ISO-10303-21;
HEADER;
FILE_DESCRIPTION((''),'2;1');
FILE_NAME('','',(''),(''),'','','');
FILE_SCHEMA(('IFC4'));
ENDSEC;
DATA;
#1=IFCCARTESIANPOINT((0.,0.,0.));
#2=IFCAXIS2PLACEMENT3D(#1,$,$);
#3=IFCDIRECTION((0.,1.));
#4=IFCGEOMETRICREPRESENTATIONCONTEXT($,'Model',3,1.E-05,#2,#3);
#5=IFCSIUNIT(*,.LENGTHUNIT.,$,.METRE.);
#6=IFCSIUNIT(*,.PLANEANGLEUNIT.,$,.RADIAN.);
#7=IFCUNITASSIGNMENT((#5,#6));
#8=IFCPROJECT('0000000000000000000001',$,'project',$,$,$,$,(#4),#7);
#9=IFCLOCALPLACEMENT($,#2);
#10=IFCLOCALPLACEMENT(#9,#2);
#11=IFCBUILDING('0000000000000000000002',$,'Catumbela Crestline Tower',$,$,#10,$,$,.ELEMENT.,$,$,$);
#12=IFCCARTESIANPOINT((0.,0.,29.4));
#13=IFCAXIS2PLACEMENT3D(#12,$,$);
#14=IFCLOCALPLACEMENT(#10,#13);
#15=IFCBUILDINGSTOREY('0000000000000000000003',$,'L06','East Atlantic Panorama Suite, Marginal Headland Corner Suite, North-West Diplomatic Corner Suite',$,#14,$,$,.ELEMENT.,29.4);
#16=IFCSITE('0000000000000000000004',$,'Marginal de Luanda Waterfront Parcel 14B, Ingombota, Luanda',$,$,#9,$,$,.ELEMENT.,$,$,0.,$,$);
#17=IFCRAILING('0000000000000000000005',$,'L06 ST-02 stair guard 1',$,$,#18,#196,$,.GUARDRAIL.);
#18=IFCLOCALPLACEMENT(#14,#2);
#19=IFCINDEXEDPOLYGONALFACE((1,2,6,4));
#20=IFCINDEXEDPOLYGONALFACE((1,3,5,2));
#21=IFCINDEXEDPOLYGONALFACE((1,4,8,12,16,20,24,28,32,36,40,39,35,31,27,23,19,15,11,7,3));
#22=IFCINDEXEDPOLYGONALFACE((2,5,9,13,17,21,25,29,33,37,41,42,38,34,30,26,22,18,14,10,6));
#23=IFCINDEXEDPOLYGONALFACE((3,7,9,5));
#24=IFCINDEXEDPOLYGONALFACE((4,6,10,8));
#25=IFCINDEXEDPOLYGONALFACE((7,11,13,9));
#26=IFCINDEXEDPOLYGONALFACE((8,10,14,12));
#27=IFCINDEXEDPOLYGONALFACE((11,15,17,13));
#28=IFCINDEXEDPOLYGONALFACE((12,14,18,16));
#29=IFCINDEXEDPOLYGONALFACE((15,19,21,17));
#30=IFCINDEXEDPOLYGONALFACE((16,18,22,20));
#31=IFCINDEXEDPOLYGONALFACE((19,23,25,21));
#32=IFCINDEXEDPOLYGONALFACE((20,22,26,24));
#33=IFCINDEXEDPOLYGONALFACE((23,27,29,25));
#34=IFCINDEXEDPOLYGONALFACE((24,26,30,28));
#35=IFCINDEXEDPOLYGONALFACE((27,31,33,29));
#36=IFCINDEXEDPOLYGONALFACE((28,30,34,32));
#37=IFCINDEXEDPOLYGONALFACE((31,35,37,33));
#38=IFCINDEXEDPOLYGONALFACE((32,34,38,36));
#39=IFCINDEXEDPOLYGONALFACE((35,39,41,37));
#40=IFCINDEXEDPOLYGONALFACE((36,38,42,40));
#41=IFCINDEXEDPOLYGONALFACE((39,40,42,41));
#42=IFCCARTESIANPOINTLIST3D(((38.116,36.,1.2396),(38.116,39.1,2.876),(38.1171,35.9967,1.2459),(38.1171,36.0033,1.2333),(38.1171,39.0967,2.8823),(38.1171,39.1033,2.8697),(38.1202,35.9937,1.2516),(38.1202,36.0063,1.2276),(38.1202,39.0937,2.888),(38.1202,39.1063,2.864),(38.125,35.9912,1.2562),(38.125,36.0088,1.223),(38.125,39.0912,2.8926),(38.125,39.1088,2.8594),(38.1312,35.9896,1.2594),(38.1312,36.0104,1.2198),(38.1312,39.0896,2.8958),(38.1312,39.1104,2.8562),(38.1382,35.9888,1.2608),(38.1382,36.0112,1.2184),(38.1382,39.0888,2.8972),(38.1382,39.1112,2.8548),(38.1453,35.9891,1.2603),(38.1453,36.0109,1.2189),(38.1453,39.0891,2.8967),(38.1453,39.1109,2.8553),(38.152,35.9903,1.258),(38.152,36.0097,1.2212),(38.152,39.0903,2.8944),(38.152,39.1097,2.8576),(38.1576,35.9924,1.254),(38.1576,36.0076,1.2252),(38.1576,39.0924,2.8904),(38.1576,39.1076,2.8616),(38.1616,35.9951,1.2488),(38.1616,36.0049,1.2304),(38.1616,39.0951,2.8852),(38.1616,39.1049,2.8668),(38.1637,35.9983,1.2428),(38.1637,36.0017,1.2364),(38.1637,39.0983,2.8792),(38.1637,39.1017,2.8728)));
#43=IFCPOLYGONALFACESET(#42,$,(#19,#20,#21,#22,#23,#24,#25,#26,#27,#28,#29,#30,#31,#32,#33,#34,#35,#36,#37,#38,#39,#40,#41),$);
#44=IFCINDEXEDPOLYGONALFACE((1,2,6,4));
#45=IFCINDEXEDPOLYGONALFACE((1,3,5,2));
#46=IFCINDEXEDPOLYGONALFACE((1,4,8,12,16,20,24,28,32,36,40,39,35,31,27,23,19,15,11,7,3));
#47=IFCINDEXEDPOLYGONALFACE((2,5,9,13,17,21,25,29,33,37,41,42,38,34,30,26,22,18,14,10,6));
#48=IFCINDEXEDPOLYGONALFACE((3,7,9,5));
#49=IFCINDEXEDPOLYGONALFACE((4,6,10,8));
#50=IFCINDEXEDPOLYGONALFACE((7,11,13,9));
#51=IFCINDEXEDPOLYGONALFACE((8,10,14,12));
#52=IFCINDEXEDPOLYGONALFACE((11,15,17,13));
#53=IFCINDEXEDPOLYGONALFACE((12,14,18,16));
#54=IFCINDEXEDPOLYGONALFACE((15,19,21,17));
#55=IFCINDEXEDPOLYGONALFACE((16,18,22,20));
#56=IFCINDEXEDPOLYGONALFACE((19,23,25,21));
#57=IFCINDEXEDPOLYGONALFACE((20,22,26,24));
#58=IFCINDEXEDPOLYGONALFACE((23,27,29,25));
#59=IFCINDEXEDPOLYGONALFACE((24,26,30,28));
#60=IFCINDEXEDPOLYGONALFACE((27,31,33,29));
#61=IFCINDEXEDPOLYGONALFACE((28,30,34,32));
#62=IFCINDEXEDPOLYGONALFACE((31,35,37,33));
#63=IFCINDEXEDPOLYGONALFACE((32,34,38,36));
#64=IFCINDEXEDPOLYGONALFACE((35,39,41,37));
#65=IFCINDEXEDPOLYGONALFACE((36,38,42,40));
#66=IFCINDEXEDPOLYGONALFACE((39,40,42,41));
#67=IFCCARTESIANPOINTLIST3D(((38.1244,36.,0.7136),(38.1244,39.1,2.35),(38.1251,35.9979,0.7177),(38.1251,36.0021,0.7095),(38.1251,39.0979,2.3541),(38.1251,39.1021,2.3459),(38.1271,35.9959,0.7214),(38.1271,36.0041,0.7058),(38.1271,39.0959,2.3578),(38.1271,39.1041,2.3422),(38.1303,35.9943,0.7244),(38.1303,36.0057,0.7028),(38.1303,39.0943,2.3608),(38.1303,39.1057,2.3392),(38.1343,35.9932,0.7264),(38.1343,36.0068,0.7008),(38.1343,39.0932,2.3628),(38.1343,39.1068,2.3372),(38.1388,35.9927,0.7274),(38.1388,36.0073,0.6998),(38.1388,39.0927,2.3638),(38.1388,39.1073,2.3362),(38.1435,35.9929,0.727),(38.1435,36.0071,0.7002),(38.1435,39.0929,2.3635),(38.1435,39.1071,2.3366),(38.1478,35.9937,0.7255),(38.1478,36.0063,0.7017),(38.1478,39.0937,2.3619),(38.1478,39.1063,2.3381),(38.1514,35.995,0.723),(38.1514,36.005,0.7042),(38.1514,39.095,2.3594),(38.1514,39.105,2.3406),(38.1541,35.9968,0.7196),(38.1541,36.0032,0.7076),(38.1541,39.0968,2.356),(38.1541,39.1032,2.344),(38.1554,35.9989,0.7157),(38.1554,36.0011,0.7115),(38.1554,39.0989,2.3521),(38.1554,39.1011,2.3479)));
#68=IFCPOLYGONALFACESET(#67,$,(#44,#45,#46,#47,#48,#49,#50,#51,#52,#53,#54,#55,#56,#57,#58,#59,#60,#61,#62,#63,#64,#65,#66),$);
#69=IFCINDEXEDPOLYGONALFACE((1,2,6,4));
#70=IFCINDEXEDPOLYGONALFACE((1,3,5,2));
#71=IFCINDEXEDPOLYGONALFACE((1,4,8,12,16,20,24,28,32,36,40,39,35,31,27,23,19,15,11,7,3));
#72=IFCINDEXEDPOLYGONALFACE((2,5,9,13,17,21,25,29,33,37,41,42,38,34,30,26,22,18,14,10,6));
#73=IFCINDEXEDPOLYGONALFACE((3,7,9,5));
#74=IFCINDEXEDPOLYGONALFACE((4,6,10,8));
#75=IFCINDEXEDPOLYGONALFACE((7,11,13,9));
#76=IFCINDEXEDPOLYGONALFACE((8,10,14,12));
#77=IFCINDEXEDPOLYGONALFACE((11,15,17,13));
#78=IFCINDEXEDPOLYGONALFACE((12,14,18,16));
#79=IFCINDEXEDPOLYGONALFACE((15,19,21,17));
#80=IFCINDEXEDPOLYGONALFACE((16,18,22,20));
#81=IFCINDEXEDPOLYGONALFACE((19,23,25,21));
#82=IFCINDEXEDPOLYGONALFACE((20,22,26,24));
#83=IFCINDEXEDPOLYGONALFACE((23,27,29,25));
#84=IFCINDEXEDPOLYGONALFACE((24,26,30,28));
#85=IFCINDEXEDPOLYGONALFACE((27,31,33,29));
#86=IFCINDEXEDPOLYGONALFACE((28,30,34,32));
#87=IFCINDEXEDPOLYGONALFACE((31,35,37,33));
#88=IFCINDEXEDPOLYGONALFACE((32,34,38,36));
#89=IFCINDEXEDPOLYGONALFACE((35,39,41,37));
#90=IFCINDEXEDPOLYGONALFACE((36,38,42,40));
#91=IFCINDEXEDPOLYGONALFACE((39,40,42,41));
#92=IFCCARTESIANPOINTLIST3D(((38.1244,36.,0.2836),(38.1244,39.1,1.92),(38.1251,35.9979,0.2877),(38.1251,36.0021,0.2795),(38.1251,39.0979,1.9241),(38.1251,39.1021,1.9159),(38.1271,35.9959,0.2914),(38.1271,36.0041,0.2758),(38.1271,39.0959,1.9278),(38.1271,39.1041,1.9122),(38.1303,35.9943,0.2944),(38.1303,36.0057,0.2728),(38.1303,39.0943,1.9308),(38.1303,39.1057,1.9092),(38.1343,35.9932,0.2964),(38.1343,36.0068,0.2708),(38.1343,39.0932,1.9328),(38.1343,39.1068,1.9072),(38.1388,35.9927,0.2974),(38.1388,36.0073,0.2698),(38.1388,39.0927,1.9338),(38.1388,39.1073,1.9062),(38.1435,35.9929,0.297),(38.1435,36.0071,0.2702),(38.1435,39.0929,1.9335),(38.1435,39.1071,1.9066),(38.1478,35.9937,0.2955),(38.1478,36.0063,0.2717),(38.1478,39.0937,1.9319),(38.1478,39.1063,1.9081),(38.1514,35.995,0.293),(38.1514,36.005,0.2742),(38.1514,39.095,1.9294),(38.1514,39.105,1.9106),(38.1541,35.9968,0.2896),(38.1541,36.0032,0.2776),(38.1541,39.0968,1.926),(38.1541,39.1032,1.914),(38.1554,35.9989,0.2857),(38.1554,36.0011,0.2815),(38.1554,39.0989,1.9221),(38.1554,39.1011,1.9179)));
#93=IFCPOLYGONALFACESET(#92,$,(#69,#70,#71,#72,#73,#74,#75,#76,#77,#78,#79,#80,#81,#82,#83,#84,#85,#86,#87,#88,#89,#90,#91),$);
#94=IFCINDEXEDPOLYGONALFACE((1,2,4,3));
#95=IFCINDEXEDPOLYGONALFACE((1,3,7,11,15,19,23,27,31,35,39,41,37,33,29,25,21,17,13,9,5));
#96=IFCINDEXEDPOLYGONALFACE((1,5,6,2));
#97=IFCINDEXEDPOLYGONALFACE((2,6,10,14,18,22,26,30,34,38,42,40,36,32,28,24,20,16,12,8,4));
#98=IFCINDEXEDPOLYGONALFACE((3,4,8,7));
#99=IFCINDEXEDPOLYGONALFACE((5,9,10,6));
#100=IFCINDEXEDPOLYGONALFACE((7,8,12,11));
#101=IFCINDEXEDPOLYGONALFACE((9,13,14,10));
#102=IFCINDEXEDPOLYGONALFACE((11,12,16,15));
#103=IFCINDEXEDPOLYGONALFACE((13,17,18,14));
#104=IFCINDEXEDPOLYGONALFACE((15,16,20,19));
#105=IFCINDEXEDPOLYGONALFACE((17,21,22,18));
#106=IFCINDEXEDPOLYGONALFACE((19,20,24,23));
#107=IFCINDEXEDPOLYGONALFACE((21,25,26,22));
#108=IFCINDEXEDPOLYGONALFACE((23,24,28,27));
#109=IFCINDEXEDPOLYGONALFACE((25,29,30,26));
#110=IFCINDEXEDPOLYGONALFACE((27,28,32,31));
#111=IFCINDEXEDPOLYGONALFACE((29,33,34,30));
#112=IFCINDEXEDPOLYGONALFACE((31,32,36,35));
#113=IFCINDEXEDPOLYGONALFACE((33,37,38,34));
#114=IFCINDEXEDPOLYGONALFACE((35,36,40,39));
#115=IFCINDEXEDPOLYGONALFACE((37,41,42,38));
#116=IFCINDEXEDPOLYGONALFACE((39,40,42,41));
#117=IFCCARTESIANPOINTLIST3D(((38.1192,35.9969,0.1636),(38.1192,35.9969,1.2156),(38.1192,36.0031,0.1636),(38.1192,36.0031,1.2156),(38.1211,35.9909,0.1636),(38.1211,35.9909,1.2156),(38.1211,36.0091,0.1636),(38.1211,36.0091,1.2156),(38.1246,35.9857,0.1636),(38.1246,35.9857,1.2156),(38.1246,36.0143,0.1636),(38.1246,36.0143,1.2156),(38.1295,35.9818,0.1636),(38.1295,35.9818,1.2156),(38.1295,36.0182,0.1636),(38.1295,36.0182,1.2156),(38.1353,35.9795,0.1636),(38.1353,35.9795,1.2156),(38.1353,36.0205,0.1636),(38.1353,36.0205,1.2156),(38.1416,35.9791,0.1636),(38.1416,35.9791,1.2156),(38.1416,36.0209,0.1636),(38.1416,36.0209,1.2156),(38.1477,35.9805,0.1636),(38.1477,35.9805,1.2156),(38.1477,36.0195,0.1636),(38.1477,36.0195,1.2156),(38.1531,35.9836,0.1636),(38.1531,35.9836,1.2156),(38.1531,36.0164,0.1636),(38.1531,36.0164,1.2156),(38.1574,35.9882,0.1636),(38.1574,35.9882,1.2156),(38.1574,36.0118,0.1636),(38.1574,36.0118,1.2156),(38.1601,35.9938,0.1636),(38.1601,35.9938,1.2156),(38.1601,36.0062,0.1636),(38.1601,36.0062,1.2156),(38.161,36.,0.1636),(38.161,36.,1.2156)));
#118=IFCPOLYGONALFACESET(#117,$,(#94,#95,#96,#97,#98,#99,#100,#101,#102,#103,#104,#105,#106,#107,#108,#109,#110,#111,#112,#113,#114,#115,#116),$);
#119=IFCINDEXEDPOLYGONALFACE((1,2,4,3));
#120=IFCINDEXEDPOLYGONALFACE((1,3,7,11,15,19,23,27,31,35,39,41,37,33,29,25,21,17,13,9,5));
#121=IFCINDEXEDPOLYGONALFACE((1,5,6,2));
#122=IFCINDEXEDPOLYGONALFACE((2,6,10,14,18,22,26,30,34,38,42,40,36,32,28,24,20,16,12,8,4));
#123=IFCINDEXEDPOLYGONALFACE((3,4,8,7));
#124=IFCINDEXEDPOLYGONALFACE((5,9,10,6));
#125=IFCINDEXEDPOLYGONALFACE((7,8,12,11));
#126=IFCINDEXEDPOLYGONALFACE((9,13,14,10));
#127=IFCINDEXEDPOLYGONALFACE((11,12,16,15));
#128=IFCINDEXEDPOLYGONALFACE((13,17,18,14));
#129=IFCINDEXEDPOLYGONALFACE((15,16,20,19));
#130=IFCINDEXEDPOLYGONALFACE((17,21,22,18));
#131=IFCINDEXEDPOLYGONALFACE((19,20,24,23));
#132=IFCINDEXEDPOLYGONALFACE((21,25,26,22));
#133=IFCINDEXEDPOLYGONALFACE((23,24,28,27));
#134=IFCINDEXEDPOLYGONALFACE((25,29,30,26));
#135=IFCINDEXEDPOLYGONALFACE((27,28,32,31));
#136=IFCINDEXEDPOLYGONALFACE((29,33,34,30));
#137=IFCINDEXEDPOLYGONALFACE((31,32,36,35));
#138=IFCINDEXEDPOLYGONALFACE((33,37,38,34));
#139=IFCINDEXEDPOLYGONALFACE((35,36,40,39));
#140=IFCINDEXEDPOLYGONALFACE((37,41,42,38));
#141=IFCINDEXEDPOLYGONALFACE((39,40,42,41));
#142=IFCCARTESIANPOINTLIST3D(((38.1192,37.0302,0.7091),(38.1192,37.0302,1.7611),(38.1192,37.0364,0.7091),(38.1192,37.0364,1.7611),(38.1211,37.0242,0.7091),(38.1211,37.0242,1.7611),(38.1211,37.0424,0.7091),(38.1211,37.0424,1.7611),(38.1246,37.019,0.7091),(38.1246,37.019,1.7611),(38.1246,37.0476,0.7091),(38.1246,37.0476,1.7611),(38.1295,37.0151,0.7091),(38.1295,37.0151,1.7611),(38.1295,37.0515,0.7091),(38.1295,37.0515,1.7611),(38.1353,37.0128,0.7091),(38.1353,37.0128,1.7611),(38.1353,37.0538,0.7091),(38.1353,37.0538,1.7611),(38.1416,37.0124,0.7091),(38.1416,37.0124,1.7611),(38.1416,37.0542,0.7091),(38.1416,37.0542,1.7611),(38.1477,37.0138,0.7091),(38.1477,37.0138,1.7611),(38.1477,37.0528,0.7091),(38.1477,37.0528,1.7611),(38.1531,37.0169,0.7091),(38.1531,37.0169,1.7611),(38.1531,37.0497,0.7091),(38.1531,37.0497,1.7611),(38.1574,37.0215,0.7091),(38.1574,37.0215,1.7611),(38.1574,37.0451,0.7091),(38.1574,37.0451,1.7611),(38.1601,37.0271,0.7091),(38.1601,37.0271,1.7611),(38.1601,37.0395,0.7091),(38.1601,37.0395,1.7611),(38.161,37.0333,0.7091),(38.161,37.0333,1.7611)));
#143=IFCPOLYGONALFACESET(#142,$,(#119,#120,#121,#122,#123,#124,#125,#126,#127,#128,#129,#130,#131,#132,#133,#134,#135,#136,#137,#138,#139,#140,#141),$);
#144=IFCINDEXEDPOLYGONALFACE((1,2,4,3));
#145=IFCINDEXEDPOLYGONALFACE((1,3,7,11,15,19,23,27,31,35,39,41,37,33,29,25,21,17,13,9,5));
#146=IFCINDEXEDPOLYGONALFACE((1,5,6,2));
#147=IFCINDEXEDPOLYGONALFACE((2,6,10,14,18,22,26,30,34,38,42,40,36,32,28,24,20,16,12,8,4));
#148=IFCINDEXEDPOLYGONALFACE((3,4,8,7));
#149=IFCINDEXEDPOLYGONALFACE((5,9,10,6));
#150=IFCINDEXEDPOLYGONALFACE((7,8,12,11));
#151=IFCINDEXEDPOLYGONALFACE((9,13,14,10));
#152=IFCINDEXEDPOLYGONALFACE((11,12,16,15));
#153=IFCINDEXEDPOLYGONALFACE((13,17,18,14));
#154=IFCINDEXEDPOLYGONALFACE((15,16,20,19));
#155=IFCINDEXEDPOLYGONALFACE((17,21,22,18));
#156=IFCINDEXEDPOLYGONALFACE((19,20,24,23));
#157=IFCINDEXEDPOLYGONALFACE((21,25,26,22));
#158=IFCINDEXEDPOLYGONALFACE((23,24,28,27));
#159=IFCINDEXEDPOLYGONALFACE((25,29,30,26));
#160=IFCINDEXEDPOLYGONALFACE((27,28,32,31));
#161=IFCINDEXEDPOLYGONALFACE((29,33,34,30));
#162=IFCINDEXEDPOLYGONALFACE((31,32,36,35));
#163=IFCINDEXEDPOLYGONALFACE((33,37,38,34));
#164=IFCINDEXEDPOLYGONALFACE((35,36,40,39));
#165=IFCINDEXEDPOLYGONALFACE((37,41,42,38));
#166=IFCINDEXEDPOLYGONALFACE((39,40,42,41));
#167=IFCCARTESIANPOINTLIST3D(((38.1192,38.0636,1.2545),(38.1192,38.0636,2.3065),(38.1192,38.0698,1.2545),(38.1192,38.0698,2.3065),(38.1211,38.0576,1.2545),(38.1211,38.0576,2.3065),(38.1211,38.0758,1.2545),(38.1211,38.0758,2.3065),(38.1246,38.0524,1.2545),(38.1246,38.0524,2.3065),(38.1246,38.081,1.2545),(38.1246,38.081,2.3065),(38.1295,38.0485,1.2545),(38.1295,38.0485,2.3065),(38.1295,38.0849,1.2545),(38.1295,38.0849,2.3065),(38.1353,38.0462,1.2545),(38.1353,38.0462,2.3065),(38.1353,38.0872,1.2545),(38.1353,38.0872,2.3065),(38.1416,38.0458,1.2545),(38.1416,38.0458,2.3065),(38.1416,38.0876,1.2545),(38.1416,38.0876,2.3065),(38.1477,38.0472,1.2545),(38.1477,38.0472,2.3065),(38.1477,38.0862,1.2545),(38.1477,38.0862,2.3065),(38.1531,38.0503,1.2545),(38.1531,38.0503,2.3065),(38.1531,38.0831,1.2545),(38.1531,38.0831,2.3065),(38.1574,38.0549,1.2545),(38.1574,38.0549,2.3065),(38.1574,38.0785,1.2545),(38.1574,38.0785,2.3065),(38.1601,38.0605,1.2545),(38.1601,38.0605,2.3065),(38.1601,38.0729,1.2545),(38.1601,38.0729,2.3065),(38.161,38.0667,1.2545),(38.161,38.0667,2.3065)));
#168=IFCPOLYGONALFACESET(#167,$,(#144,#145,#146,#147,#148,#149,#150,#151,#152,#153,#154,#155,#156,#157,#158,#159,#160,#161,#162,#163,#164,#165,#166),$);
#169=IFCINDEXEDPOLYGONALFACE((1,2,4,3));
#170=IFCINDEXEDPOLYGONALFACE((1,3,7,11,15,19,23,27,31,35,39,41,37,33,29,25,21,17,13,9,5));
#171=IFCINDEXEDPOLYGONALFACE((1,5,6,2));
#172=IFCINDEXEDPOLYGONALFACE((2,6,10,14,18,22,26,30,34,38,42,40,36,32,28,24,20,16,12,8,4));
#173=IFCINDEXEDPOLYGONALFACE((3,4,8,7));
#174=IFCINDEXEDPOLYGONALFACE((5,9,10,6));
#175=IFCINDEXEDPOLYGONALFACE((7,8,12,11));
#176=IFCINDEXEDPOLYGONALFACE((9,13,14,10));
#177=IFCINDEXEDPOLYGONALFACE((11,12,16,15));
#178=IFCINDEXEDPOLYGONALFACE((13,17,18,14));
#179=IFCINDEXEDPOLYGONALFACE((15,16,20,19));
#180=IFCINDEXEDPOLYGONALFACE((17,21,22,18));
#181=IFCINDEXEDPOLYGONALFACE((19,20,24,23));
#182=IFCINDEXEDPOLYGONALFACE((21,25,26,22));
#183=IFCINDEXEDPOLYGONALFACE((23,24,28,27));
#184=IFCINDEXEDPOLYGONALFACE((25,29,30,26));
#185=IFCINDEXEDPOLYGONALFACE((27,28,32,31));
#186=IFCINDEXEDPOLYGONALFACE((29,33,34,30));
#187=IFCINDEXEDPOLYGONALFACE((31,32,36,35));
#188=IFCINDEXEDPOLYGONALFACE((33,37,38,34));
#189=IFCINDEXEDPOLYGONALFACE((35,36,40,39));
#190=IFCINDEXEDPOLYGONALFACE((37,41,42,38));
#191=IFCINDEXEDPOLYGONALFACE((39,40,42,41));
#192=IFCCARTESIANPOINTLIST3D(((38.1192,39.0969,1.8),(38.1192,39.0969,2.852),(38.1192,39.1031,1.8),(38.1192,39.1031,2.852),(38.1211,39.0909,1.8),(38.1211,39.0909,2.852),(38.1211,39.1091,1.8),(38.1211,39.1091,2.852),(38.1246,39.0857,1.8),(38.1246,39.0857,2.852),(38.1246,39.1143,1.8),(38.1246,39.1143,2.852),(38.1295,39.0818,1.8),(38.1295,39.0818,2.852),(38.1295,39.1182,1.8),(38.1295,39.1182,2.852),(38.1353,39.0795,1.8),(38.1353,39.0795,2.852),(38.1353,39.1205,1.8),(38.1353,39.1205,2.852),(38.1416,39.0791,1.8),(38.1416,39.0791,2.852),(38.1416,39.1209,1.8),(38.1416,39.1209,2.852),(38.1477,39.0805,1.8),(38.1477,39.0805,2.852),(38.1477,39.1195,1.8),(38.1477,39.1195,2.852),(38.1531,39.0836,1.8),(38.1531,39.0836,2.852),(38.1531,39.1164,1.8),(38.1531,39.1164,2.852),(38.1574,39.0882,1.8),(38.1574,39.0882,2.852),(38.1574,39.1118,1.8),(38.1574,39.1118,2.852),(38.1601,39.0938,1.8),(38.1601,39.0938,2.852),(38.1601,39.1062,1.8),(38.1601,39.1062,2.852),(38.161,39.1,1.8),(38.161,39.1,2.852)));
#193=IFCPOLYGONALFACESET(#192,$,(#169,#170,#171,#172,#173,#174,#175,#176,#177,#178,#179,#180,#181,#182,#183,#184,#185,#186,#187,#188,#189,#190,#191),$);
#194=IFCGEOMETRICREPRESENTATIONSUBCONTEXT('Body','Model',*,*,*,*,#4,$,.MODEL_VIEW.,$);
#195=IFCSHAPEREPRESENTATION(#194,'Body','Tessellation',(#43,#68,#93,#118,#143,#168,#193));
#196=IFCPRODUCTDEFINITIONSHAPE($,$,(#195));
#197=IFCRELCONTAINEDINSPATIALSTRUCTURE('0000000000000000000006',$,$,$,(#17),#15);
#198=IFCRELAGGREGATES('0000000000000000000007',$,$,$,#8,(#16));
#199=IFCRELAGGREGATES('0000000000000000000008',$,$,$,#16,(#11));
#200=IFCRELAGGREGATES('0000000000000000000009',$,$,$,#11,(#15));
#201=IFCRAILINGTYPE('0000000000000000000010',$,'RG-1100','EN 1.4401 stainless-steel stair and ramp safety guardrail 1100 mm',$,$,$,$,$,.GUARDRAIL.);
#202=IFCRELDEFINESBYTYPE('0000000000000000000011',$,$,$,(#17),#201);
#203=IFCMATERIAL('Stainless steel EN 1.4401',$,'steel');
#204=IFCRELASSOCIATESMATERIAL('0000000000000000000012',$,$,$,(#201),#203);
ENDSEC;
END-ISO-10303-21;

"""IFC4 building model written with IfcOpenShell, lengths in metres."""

from ifc_helpers import new_model, si_unit, direction, frame, origin, origin_2d, place, context, subcontext, project, spatial, circle, extrude, material, type_object, element, save


model = new_model("IFC4")

# Units and contexts
model_context = context("Model", 3, precision=1e-05, world=origin(), true_north=direction((0.0, 1.0)))
body_context = subcontext(model_context, "Body", "Model", "MODEL_VIEW")
ifc_project = project(units=[si_unit("LENGTHUNIT", "METRE"), si_unit("PLANEANGLEUNIT", "RADIAN")], contexts=[model_context])

# Site, building, storey
site_placement = place(None, origin())
site = spatial("IfcSite", under=ifc_project, at=site_placement, Name="Marginal de Luanda Waterfront Parcel 14B, Ingombota, Luanda", CompositionType="ELEMENT", RefElevation=0.0)
building_placement = place(site_placement, origin())
building = spatial("IfcBuilding", under=site, at=building_placement, Name="Catumbela Crestline Tower", CompositionType="ELEMENT")
storey_placement = place(building_placement, frame((0.0, 0.0, 29.4)))
storey = spatial("IfcBuildingStorey", under=building, at=storey_placement, Name="L06", Description="East Atlantic Panorama Suite, Marginal Headland Corner Suite, North-West Diplomatic Corner Suite", CompositionType="ELEMENT", Elevation=29.4)

# Shared definitions
ifc_material_1 = material(Name="Stainless steel EN 1.4401", Category="steel")

# Railing
railing_type_1 = type_object("IfcRailingType", Name="RG-1100", Description="EN 1.4401 stainless-steel stair and ramp safety guardrail 1100 mm", PredefinedType="GUARDRAIL", material=ifc_material_1)
railing_1_placement = place(storey_placement, frame((38.14, 36.0, 0.1636)))
element("IfcRailing", 1, at=railing_1_placement, inside=storey, type_object=railing_type_1, Name="L06 ST-02 stair guard 1", PredefinedType="GUARDRAIL", context=body_context, shape_type="SweptSolid", body=[
    extrude(circle(Radius=0.024, at=origin_2d()), frame((0.0, 0.0, 1.076), z_axis=(0.0, 0.884351, 0.466823), x_axis=(-1.0, 0.0, 0.0)), (0.0, 0.0, 1.0), 3.5054),
    extrude(circle(Radius=0.0156, at=origin_2d()), frame((0.0, 0.0, 0.55), z_axis=(0.0, 0.884351, 0.466823), x_axis=(-1.0, 0.0, 0.0)), (0.0, 0.0, 1.0), 3.5054),
    extrude(circle(Radius=0.0156, at=origin_2d()), frame((0.0, 0.0, 0.12), z_axis=(0.0, 0.884351, 0.466823), x_axis=(-1.0, 0.0, 0.0)), (0.0, 0.0, 1.0), 3.5054),
    extrude(circle(Radius=0.021, at=origin_2d()), origin(), (0.0, 0.0, 1.0), 1.052),
    extrude(circle(Radius=0.021, at=origin_2d()), frame((0.0, 1.0333, 0.5455)), (0.0, 0.0, 1.0), 1.052),
    extrude(circle(Radius=0.021, at=origin_2d()), frame((0.0, 2.0667, 1.0909)), (0.0, 0.0, 1.0), 1.052),
    extrude(circle(Radius=0.021, at=origin_2d()), frame((0.0, 3.1, 1.6364)), (0.0, 0.0, 1.0), 1.052),
])

save(model, "model.ifc")
